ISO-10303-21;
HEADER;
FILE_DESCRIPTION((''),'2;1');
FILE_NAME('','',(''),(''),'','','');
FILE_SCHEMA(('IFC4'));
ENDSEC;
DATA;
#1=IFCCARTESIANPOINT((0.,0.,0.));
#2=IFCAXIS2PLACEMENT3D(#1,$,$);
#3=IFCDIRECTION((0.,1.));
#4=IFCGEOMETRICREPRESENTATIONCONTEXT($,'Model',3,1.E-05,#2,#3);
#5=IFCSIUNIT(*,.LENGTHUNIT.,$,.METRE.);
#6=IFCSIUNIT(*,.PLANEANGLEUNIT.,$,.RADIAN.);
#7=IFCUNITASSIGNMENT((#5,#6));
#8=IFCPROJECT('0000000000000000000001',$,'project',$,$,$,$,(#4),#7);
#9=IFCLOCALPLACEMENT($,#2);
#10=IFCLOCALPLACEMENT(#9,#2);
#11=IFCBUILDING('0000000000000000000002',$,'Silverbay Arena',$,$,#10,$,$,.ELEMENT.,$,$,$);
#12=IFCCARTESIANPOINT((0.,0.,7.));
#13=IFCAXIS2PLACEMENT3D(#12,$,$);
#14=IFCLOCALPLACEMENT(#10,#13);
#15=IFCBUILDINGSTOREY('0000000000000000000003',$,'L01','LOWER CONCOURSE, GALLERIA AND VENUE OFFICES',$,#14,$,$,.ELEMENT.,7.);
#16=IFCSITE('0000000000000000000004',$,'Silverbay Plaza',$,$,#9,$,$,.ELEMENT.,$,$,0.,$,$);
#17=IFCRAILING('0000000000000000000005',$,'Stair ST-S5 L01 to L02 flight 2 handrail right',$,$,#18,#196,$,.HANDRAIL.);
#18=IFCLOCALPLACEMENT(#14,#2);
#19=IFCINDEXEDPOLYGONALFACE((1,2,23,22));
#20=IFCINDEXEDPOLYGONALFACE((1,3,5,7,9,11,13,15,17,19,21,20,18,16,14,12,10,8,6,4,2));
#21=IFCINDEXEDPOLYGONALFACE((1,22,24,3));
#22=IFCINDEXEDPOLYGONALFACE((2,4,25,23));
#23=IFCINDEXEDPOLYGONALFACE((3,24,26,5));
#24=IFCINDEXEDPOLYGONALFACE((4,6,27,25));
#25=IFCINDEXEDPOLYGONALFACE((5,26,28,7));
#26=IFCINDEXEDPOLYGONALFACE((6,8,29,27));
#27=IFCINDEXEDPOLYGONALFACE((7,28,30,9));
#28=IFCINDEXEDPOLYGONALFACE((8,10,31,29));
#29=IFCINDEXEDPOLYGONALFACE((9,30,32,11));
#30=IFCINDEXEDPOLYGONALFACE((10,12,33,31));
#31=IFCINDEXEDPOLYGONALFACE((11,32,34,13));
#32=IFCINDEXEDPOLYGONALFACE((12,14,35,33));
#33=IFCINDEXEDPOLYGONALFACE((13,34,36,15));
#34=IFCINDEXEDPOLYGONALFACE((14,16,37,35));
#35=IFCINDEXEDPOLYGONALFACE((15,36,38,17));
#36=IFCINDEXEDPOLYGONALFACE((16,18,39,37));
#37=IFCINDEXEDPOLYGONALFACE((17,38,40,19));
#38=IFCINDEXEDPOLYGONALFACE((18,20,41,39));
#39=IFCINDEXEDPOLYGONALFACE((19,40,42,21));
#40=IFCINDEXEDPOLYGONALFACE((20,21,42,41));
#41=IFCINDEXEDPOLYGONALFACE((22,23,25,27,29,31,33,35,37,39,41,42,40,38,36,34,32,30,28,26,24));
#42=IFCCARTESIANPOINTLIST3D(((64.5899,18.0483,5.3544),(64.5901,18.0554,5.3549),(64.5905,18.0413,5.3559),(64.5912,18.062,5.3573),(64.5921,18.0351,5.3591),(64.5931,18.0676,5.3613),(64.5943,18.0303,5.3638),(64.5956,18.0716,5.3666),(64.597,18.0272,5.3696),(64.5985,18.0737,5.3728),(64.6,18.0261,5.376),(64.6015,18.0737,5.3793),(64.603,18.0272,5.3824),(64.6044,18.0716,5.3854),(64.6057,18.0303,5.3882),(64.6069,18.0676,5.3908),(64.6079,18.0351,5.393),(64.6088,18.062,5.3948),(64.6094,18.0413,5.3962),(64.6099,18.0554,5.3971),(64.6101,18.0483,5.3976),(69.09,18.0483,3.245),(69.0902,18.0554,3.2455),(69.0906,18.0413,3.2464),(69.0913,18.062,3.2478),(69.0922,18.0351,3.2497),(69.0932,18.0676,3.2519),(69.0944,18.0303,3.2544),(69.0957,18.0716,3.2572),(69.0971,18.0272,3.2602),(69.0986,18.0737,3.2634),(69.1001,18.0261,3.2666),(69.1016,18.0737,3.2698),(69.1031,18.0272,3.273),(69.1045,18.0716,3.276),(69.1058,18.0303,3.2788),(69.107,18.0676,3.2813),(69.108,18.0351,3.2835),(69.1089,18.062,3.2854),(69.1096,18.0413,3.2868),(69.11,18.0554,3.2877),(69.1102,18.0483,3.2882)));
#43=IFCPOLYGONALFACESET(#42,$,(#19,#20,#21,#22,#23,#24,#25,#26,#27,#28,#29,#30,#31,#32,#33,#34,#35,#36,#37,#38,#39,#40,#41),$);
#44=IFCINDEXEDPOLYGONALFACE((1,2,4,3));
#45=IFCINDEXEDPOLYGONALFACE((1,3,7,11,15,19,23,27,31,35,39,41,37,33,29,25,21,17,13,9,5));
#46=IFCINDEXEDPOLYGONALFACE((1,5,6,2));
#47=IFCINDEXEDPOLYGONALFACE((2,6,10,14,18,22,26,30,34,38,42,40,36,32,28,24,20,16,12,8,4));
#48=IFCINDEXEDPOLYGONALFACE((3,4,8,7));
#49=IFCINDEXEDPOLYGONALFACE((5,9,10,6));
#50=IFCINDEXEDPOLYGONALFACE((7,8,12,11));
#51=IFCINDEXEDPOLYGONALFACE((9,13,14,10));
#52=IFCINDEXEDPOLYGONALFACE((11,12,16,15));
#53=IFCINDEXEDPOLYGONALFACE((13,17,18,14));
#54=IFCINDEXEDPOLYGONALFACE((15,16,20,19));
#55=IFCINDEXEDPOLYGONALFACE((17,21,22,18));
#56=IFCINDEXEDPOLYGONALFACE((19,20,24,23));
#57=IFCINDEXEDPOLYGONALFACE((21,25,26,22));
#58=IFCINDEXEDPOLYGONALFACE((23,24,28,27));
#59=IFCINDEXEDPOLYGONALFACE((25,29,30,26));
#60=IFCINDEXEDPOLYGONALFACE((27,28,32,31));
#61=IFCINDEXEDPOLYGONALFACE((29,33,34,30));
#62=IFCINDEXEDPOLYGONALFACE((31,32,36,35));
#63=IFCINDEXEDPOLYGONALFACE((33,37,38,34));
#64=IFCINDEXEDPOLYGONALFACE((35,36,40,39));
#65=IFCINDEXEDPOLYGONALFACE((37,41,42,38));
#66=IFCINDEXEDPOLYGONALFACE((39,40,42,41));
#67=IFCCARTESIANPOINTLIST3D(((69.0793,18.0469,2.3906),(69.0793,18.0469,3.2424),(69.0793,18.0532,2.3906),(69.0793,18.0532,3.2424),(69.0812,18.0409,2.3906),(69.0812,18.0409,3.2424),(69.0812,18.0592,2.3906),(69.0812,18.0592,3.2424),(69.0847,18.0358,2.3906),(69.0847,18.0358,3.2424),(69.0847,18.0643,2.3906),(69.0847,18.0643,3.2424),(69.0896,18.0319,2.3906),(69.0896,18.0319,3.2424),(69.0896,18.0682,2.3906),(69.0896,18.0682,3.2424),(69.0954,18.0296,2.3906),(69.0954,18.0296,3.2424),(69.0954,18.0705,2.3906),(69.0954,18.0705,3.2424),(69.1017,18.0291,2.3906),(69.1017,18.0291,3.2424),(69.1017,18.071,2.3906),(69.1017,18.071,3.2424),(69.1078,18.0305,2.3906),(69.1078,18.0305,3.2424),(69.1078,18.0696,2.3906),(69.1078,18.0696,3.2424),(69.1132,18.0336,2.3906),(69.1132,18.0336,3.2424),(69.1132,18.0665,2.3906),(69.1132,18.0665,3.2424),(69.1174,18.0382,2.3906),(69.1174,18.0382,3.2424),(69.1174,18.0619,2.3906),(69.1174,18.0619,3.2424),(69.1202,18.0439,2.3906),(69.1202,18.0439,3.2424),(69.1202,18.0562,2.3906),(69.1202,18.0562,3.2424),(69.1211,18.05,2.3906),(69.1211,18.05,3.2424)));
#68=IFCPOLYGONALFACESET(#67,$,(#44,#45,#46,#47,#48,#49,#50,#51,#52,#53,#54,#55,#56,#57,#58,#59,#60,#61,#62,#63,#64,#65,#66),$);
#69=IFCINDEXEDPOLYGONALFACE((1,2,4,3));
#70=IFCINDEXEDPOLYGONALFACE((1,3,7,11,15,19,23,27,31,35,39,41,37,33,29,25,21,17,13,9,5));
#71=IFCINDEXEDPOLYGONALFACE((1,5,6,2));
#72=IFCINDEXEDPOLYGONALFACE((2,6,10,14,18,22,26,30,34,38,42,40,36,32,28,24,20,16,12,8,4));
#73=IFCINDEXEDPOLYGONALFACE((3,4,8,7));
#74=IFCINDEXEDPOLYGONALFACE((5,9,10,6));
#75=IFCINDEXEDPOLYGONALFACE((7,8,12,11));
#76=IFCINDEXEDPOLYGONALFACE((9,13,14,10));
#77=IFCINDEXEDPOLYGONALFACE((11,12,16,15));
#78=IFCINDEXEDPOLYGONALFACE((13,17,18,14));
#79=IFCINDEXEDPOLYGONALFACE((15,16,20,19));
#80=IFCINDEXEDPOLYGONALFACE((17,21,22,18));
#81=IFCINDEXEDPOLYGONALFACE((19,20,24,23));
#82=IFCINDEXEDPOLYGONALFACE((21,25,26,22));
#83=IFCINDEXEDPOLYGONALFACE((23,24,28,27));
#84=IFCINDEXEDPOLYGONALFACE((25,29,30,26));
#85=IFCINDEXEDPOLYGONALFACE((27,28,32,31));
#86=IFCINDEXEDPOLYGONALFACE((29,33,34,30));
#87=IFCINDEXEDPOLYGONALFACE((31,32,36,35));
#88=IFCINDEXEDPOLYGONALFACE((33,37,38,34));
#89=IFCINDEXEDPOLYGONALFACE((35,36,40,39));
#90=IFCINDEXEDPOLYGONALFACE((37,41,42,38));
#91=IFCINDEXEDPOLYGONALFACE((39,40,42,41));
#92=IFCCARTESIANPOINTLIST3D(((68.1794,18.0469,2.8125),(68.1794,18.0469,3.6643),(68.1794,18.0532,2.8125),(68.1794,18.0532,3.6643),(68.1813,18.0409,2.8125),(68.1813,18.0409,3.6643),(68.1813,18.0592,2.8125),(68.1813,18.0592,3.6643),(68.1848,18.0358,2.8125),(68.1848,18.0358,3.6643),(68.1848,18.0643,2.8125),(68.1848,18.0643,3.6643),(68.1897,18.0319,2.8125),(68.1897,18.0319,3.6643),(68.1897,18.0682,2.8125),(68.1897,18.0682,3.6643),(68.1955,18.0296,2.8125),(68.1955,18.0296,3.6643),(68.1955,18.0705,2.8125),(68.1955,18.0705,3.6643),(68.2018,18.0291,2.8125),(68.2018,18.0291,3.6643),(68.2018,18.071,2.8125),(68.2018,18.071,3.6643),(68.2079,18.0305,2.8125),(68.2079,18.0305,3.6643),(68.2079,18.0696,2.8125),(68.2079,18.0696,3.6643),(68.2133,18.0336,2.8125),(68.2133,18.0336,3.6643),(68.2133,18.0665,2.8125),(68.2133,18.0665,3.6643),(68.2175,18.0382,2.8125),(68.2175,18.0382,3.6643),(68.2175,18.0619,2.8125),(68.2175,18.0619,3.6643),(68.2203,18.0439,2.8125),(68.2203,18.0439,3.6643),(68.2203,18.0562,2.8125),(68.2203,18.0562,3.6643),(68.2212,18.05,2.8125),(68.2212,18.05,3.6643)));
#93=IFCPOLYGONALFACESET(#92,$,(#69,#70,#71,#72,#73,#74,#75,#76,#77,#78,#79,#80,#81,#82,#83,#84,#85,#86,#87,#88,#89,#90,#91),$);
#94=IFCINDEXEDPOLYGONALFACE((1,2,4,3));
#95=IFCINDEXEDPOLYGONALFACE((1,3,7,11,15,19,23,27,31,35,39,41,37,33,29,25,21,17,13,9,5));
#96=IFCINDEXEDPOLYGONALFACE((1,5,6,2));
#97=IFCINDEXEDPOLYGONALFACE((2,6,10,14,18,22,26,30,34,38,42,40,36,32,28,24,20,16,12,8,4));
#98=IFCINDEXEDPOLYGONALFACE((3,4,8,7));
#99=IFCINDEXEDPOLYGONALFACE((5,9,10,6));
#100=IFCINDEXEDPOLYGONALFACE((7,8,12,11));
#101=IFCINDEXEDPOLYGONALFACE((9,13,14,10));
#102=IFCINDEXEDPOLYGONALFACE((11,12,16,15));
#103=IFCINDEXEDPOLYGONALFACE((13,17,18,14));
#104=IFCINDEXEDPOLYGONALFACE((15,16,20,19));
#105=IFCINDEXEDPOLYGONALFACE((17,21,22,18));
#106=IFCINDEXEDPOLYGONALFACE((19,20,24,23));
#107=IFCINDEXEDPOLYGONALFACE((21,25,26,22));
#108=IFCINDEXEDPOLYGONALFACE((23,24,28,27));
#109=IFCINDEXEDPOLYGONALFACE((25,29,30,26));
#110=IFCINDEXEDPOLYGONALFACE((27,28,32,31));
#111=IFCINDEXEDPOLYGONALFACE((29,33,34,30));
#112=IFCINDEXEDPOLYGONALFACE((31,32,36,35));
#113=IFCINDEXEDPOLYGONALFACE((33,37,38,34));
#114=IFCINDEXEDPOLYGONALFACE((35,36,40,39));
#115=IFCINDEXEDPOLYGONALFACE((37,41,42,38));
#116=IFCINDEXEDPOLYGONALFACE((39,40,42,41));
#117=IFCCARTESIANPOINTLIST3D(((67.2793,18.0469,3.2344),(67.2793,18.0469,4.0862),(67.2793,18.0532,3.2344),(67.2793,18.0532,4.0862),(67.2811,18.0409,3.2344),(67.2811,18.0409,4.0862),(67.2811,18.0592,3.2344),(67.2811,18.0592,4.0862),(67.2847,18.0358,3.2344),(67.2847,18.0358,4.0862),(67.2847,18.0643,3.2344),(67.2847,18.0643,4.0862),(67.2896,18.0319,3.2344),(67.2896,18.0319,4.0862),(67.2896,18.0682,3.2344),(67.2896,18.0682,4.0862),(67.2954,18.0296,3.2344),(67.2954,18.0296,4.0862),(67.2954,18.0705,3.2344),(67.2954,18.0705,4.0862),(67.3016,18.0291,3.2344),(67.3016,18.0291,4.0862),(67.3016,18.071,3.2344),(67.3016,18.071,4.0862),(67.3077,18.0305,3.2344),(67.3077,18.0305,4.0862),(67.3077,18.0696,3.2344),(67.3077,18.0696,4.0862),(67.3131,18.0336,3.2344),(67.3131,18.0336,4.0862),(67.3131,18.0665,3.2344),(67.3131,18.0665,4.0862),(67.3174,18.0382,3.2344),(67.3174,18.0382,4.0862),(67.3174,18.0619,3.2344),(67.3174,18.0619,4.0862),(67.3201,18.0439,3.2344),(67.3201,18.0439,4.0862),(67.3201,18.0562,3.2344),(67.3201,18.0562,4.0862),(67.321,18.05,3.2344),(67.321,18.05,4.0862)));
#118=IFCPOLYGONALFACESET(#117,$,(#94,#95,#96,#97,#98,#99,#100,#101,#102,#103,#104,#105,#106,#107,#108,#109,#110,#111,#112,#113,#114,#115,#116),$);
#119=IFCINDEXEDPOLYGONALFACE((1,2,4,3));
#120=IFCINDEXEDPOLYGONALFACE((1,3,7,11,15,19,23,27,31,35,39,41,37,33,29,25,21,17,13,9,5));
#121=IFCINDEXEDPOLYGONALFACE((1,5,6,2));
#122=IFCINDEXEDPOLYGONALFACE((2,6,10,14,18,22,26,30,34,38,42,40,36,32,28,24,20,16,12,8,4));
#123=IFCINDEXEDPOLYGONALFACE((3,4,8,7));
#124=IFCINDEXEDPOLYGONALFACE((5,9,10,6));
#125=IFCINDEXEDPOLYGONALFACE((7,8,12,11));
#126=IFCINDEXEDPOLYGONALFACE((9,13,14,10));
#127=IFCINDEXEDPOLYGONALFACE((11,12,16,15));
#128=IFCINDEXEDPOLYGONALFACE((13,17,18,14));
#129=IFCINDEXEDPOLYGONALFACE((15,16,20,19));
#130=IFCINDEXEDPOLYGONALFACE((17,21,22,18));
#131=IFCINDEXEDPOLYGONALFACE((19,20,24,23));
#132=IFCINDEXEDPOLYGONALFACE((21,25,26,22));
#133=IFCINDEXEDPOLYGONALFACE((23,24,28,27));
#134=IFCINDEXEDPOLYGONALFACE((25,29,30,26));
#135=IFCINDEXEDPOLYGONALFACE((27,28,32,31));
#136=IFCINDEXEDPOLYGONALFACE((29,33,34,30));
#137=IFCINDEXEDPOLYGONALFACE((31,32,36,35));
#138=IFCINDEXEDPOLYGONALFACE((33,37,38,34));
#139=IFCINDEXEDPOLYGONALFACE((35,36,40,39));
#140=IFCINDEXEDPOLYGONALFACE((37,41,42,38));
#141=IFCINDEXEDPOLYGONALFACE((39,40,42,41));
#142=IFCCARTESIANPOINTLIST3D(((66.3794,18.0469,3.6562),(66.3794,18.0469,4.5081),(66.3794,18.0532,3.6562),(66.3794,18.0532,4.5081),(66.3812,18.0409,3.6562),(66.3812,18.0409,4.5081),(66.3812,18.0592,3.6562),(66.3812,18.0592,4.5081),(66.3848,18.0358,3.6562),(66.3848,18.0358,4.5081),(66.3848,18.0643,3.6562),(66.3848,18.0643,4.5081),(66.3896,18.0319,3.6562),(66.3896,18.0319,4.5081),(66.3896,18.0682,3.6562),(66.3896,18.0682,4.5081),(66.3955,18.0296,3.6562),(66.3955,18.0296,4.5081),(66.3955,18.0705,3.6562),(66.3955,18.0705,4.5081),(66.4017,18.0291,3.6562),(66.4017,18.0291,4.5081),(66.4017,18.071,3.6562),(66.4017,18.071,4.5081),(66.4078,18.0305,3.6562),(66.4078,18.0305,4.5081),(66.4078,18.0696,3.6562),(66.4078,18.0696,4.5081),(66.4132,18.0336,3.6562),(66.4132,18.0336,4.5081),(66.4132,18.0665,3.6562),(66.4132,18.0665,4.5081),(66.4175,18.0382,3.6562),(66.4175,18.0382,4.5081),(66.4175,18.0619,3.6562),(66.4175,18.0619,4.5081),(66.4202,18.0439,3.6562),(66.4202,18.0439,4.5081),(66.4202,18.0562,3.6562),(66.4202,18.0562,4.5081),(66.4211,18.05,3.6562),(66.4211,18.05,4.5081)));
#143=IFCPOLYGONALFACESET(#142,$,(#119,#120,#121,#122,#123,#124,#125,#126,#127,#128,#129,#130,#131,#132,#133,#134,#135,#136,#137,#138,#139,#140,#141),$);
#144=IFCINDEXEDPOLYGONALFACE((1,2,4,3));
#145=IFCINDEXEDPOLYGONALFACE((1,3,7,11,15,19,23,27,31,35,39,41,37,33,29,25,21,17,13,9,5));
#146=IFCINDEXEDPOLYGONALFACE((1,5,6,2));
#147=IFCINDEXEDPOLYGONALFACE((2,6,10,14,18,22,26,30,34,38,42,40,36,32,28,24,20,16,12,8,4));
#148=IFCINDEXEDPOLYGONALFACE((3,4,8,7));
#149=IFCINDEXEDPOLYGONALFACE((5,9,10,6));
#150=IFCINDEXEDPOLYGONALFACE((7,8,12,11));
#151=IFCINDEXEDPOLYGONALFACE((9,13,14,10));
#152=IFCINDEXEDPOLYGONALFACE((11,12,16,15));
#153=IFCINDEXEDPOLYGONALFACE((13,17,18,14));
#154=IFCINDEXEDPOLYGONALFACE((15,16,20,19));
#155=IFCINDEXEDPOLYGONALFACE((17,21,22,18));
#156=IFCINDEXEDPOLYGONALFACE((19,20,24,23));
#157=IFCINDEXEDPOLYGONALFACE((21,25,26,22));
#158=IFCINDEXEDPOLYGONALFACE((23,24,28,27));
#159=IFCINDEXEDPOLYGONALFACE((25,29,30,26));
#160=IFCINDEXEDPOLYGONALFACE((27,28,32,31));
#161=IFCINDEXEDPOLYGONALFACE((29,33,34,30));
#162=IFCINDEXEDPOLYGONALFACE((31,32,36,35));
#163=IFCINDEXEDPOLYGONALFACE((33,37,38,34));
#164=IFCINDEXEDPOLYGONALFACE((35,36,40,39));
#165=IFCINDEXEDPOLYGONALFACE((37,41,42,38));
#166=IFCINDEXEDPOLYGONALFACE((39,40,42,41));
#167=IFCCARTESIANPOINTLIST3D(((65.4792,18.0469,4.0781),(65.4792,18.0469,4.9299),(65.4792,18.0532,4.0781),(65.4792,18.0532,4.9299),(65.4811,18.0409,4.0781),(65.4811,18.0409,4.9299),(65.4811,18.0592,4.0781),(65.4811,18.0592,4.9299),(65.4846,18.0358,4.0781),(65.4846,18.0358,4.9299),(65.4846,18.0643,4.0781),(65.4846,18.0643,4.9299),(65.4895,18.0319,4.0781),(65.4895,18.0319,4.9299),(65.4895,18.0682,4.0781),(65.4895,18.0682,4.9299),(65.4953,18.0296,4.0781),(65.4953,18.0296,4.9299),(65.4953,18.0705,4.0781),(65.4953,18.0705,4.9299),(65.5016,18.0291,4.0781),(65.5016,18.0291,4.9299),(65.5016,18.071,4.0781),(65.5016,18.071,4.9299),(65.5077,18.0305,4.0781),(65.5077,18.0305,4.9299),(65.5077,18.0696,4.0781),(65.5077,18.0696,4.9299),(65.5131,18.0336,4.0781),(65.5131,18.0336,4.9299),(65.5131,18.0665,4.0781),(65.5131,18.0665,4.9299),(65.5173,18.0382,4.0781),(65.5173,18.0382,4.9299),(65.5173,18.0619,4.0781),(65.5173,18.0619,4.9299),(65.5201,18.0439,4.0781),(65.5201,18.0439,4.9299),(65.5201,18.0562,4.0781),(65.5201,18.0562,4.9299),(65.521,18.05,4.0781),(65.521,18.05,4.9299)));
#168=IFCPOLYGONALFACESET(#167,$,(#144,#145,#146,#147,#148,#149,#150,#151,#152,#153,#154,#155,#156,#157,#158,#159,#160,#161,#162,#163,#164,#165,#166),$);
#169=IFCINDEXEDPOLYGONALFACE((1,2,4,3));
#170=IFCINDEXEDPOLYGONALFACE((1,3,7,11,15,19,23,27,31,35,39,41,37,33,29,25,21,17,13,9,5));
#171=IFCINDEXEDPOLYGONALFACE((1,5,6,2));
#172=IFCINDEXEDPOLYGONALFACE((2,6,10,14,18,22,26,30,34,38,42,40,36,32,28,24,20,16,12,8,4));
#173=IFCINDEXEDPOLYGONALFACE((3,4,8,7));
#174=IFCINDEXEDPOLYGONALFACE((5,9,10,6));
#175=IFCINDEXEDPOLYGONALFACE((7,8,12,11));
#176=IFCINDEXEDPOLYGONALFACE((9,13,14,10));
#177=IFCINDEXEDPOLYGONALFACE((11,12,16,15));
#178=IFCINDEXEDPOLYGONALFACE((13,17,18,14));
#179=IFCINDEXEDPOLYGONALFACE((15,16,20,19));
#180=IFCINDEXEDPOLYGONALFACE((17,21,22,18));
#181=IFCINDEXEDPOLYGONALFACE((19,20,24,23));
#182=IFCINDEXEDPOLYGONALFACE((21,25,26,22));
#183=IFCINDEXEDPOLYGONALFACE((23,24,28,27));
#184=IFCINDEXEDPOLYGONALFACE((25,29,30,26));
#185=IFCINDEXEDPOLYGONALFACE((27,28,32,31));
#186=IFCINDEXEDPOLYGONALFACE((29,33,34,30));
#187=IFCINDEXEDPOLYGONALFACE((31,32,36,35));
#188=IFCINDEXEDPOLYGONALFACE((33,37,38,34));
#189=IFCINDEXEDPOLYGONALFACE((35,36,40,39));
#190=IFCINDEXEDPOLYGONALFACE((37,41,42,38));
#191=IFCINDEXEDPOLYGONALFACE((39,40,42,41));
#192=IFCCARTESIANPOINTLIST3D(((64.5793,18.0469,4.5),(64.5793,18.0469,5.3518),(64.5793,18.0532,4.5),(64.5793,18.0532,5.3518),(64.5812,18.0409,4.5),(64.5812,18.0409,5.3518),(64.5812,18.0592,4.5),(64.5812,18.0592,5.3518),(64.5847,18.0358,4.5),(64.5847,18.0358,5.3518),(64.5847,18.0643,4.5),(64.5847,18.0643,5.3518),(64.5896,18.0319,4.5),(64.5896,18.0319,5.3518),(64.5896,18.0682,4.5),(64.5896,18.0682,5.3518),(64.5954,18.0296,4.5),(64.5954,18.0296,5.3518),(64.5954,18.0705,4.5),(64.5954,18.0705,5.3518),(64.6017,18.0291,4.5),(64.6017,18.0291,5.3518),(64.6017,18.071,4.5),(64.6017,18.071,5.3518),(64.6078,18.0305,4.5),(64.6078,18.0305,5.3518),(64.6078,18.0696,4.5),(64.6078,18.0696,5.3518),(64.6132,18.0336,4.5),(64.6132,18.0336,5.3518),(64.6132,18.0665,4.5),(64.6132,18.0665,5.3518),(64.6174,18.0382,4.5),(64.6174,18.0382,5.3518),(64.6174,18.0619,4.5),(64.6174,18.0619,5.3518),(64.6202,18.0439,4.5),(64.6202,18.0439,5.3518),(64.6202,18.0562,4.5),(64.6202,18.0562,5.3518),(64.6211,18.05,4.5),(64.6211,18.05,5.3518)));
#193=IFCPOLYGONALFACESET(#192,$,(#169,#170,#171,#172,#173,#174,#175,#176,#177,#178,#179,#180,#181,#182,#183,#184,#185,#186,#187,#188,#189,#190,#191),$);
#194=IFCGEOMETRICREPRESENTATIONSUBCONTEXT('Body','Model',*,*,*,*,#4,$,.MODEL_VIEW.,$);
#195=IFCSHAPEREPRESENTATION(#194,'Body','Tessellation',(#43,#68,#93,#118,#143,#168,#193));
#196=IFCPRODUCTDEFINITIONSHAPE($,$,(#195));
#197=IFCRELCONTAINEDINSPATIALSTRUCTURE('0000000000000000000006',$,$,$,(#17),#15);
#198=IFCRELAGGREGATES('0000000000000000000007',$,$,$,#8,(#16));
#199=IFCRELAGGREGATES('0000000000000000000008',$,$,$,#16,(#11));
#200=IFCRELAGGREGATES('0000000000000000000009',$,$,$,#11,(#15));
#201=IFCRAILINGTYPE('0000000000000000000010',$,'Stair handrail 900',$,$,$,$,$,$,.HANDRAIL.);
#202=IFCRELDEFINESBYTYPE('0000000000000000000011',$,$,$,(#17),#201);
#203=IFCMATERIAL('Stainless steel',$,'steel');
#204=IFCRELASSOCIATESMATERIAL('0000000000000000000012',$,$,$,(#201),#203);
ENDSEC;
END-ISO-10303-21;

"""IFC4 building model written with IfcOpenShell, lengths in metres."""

from ifc_helpers import new_model, si_unit, direction, frame, origin, origin_2d, place, context, subcontext, project, spatial, circle, extrude, material, type_object, element, save


model = new_model("IFC4")

# Units and contexts
model_context = context("Model", 3, precision=1e-05, world=origin(), true_north=direction((0.0, 1.0)))
body_context = subcontext(model_context, "Body", "Model", "MODEL_VIEW")
ifc_project = project(units=[si_unit("LENGTHUNIT", "METRE"), si_unit("PLANEANGLEUNIT", "RADIAN")], contexts=[model_context])

# Site, building, storey
site_placement = place(None, origin())
site = spatial("IfcSite", under=ifc_project, at=site_placement, Name="Silverbay Plaza", CompositionType="ELEMENT", RefElevation=0.0)
building_placement = place(site_placement, origin())
building = spatial("IfcBuilding", under=site, at=building_placement, Name="Silverbay Arena", CompositionType="ELEMENT")
storey_placement = place(building_placement, frame((0.0, 0.0, 7.0)))
storey = spatial("IfcBuildingStorey", under=building, at=storey_placement, Name="L01", Description="LOWER CONCOURSE, GALLERIA AND VENUE OFFICES", CompositionType="ELEMENT", Elevation=7.0)

# Railing
ifc_material_1 = material(Name="Stainless steel", Category="steel")
railing_type_1 = type_object("IfcRailingType", Name="Stair handrail 900", PredefinedType="HANDRAIL", material=ifc_material_1)
for number, where, name in (
    (1, (69.1001, 18.05, 2.3906), "Stair ST-S5 L01 to L02 flight 2 handrail right"),
):
    element("IfcRailing", number, at=place(storey_placement, frame(where)), inside=storey, type_object=railing_type_1, Name=name, PredefinedType="HANDRAIL", context=body_context, shape_type="SweptSolid", body=[
        extrude(circle(Radius=0.0239, at=origin_2d()), frame((0.0, 0.0, 0.876), z_axis=(-0.905459, 0.0, 0.424434), x_axis=(0.0, -1.0, 0.0)), (0.0, 0.0, 1.0), 4.97),
        extrude(circle(Radius=0.021, at=origin_2d()), origin(), (0.0, 0.0, 1.0), 0.8518),
        extrude(circle(Radius=0.021, at=origin_2d()), frame((-0.8999, 0.0, 0.4219)), (0.0, 0.0, 1.0), 0.8518),
        extrude(circle(Radius=0.021, at=origin_2d()), frame((-1.8, 0.0, 0.8438)), (0.0, 0.0, 1.0), 0.8518),
        extrude(circle(Radius=0.021, at=origin_2d()), frame((-2.7, 0.0, 1.2656)), (0.0, 0.0, 1.0), 0.8518),
        extrude(circle(Radius=0.021, at=origin_2d()), frame((-3.6001, 0.0, 1.6875)), (0.0, 0.0, 1.0), 0.8518),
        extrude(circle(Radius=0.021, at=origin_2d()), frame((-4.5, 0.0, 2.1094)), (0.0, 0.0, 1.0), 0.8518),
    ])

save(model, "model.ifc")
